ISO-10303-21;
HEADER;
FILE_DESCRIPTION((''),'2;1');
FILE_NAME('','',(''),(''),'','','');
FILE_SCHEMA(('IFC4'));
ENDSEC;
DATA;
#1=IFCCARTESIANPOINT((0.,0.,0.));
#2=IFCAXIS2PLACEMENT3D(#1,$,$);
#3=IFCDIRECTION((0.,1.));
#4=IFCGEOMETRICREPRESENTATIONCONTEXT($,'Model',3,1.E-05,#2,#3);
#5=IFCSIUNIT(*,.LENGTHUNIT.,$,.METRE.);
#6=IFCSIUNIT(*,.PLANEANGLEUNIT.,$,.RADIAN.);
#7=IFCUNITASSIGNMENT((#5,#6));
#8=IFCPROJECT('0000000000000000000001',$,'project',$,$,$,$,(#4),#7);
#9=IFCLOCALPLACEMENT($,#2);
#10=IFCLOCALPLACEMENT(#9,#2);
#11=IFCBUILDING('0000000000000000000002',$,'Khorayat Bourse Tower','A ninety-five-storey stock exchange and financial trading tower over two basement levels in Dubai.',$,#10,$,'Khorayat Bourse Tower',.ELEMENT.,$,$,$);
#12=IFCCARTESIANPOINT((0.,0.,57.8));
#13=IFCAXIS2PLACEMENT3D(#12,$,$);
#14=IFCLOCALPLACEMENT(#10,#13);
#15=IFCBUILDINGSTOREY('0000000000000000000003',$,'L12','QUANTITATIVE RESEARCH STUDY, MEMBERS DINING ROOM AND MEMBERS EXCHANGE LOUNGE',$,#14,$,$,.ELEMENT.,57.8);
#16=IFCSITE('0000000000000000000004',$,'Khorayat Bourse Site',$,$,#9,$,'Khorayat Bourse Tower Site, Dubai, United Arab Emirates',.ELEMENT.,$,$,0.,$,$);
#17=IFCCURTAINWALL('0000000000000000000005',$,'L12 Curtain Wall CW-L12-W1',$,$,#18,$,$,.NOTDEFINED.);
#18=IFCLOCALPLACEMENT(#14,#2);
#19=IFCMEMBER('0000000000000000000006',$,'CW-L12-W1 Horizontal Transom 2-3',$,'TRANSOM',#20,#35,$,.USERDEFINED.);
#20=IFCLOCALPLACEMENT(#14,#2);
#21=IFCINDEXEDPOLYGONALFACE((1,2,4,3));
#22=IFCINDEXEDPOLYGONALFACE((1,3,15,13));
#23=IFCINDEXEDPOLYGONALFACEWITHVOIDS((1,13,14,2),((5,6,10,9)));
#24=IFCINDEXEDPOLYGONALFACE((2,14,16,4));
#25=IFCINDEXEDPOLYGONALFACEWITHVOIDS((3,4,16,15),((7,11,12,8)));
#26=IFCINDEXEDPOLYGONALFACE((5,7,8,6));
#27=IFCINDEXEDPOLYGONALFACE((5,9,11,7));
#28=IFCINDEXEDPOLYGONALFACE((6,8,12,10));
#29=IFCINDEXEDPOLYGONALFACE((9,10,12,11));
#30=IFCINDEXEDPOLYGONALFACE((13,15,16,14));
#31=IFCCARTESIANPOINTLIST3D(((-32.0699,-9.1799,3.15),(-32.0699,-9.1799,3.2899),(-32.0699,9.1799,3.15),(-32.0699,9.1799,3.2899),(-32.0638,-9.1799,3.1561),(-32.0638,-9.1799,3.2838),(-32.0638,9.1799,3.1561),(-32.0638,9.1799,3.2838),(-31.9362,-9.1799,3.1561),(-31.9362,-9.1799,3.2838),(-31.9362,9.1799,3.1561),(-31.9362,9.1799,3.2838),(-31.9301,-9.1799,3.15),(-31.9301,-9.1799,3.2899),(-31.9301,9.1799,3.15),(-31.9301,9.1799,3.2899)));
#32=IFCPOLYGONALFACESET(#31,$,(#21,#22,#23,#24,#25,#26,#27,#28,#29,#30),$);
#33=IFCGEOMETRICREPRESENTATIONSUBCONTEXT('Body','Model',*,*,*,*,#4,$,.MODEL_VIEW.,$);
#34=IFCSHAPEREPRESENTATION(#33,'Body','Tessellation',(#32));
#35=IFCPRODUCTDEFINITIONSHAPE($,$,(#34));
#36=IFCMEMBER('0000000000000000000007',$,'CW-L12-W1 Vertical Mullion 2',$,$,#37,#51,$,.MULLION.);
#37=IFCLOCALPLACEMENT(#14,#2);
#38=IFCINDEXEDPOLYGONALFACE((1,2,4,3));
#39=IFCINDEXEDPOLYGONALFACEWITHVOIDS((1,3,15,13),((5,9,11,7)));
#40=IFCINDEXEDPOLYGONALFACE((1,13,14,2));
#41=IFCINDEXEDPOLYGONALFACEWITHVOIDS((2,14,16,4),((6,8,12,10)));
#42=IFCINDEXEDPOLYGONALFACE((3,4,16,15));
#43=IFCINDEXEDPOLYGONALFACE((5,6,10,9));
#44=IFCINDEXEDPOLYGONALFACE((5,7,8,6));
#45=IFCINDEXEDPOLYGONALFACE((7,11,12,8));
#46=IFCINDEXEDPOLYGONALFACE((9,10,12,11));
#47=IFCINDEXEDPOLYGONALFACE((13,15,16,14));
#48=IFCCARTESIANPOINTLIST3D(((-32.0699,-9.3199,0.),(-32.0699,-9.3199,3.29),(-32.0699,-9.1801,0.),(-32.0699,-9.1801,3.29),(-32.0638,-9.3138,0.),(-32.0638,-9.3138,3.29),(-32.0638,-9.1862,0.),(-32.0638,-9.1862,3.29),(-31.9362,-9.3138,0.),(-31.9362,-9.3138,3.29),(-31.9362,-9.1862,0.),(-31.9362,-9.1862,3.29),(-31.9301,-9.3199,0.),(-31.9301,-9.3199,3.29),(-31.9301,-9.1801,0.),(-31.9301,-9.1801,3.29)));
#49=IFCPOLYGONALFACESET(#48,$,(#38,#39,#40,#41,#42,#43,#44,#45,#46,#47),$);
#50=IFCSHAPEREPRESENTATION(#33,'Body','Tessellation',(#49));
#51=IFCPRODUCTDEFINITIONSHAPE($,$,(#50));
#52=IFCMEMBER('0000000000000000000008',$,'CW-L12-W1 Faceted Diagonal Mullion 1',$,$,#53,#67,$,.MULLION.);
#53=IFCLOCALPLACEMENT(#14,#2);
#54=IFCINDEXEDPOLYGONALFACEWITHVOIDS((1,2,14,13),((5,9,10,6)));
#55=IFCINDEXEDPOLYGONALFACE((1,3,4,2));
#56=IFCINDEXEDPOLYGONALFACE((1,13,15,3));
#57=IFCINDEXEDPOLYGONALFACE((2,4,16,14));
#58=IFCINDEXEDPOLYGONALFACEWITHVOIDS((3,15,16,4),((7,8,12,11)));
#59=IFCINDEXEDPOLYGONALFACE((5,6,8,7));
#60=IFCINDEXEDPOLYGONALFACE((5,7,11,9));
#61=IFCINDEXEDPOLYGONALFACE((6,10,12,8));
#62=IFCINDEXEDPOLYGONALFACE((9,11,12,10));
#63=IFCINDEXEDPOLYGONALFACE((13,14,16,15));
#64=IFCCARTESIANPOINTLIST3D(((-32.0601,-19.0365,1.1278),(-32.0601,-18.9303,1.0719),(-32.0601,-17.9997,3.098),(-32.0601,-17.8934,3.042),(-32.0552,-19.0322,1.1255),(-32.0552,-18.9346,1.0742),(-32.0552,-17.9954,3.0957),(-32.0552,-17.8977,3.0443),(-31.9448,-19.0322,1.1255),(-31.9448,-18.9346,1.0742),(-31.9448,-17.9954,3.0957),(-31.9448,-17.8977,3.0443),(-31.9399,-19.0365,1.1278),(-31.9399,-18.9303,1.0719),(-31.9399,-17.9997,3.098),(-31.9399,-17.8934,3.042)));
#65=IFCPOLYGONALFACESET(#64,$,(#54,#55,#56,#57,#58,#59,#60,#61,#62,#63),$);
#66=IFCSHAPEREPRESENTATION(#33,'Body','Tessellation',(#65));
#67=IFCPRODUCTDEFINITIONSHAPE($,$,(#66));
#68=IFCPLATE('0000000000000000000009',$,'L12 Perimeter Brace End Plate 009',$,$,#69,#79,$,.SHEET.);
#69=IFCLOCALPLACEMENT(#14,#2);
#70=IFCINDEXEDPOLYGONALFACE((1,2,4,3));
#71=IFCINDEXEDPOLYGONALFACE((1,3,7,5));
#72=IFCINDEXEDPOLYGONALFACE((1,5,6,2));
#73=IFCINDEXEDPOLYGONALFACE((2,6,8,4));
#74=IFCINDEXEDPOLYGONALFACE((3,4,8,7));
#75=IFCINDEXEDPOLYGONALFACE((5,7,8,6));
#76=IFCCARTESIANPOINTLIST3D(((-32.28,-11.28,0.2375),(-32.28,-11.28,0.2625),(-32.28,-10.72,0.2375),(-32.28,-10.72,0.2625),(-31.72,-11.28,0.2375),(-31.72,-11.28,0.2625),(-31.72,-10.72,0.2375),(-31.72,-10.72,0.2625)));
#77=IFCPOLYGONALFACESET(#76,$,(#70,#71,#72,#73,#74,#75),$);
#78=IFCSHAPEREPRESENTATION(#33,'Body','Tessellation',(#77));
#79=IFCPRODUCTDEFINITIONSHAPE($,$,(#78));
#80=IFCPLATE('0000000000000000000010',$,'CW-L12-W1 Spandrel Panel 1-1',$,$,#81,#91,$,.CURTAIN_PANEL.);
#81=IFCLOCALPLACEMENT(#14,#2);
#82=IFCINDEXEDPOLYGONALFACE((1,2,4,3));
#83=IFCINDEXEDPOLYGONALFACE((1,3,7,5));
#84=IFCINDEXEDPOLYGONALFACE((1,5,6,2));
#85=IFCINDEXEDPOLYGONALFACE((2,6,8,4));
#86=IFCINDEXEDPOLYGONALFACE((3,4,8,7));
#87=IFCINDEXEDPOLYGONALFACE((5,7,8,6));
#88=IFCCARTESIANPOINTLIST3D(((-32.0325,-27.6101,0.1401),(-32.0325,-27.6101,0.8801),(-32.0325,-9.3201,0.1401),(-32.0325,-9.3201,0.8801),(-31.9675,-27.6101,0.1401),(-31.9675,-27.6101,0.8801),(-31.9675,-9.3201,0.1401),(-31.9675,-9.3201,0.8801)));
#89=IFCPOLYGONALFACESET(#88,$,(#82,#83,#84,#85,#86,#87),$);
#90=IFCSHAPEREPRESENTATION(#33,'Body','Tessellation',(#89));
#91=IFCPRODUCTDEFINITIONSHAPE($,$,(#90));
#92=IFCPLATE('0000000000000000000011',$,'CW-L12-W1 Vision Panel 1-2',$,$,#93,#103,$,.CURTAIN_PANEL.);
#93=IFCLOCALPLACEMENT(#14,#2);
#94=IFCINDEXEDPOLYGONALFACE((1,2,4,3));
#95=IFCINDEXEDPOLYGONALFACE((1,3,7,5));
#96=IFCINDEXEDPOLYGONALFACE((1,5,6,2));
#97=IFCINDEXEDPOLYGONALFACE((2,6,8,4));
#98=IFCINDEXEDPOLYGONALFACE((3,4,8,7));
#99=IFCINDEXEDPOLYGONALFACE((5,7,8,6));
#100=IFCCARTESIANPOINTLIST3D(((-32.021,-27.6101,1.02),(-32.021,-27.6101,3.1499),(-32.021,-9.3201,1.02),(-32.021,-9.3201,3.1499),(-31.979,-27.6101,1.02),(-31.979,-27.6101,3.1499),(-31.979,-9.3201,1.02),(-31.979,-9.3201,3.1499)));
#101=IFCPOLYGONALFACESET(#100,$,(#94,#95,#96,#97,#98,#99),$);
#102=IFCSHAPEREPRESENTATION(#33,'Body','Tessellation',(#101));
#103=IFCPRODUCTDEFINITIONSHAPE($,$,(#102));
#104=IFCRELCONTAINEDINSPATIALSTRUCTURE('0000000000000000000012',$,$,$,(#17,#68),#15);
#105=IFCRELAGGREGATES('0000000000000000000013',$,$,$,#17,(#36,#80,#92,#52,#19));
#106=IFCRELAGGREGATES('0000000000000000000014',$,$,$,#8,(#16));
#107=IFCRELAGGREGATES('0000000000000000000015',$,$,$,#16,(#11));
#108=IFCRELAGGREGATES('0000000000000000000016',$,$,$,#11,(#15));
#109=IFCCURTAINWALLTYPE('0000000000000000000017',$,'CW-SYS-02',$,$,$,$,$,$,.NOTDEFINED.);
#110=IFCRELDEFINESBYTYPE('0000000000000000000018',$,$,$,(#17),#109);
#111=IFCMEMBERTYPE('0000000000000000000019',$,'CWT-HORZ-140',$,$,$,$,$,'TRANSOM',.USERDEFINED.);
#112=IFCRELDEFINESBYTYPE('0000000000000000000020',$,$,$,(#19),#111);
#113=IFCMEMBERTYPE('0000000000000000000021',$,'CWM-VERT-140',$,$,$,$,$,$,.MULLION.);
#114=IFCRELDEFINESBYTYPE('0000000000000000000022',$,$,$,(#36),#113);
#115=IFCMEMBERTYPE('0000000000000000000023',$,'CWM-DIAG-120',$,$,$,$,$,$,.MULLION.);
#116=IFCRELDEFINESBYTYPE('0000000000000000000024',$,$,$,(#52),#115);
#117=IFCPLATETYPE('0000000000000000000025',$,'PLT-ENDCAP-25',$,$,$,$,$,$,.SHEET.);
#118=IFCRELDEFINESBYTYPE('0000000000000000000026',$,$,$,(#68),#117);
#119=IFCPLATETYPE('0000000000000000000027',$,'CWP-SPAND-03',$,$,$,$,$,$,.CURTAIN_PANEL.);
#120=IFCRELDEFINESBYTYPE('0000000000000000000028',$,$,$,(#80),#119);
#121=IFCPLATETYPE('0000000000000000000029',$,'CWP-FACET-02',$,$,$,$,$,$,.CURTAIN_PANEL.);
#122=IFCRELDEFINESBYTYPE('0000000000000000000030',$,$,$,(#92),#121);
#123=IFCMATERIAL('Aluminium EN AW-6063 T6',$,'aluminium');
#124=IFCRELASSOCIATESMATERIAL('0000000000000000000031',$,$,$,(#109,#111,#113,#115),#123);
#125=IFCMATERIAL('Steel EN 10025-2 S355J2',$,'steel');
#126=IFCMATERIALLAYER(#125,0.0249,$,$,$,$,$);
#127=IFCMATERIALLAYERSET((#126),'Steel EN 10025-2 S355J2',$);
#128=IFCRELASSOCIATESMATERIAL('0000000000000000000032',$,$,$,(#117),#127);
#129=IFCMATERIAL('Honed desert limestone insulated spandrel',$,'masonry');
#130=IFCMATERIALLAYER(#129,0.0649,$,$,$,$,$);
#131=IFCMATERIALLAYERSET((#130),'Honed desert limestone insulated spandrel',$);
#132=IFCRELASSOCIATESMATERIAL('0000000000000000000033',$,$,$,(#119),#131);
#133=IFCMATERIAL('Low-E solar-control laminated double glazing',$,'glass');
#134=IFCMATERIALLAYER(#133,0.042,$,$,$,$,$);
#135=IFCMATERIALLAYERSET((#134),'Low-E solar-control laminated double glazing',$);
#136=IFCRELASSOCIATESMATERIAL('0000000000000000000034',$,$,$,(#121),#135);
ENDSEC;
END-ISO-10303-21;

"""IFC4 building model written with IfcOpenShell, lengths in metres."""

from ifc_helpers import new_model, si_unit, direction, frame, origin, origin_2d, place, context, subcontext, project, spatial, rectangle, hollow_rectangle, extrude, source, transform, mapped, material, layer, layer_set, material_profile, profile_set, type_object, element, aggregate, save


model = new_model("IFC4")

# Units and contexts
model_context = context("Model", 3, precision=1e-05, world=origin(), true_north=direction((0.0, 1.0)))
body_context = subcontext(model_context, "Body", "Model", "MODEL_VIEW")
ifc_project = project(units=[si_unit("LENGTHUNIT", "METRE"), si_unit("PLANEANGLEUNIT", "RADIAN")], contexts=[model_context])

# Site, building, storey
site_placement = place(None, origin())
site = spatial("IfcSite", under=ifc_project, at=site_placement, Name="Khorayat Bourse Site", LongName="Khorayat Bourse Tower Site, Dubai, United Arab Emirates", CompositionType="ELEMENT", RefElevation=0.0)
building_placement = place(site_placement, origin())
building = spatial("IfcBuilding", under=site, at=building_placement, Name="Khorayat Bourse Tower", Description="A ninety-five-storey stock exchange and financial trading tower over two basement levels in Dubai.", LongName="Khorayat Bourse Tower", CompositionType="ELEMENT")
storey_placement = place(building_placement, frame((0.0, 0.0, 57.8)))
storey = spatial("IfcBuildingStorey", under=building, at=storey_placement, Name="L12", Description="QUANTITATIVE RESEARCH STUDY, MEMBERS DINING ROOM AND MEMBERS EXCHANGE LOUNGE", CompositionType="ELEMENT", Elevation=57.8)

# Curtain wall, members
ifc_material_1 = material(Name="Aluminium EN AW-6063 T6", Category="aluminium")
curtain_wall_type = type_object("IfcCurtainWallType", Name="CW-SYS-02", PredefinedType="NOTDEFINED", material=ifc_material_1)
curtain_wall_placement = place(storey_placement, origin())
curtain_wall = element("IfcCurtainWall", 1, at=curtain_wall_placement, inside=storey, type_object=curtain_wall_type, Name="L12 Curtain Wall CW-L12-W1", PredefinedType="NOTDEFINED")
ifc_material_profile_1 = material_profile(ifc_material_1, hollow_rectangle(XDim=0.1399, YDim=0.1399, WallThickness=0.0061, at=origin_2d()), Name="ALU 140x140x6")
ifc_profile_set_1 = profile_set([ifc_material_profile_1], Name="Aluminium EN AW-6063 T6")
member_type_1 = type_object("IfcMemberType", Name="CWT-HORZ-140", ElementType="TRANSOM", PredefinedType="USERDEFINED", material=ifc_profile_set_1)
shared_shape_1 = source(origin(), body_context, "Body", "SweptSolid", [
    extrude(hollow_rectangle(XDim=0.1399, YDim=0.1399, WallThickness=0.0061, at=origin_2d()), origin(), (0.0, 0.0, 1.0), 18.3599),
])
member_1_placement = place(storey_placement, frame((-32.0, -9.1799, 3.22), z_axis=(0.0, 1.0, 0.0), x_axis=(-1.0, 0.0, 0.0)))
member_1 = element("IfcMember", 2, at=member_1_placement, type_object=member_type_1, Name="CW-L12-W1 Horizontal Transom 2-3", ObjectType="TRANSOM", PredefinedType="USERDEFINED", context=body_context, shape_type="MappedRepresentation", body=[
    mapped(shared_shape_1, transform((0.0, 0.0, 0.0), scale=1.0)),
])
ifc_material_profile_2 = material_profile(ifc_material_1, hollow_rectangle(XDim=0.1399, YDim=0.1399, WallThickness=0.0061, at=origin_2d()), Name="ALU 140x140x6")
ifc_profile_set_2 = profile_set([ifc_material_profile_2], Name="Aluminium EN AW-6063 T6")
member_type_2 = type_object("IfcMemberType", Name="CWM-VERT-140", PredefinedType="MULLION", material=ifc_profile_set_2)
shared_shape_2 = source(origin(), body_context, "Body", "SweptSolid", [
    extrude(hollow_rectangle(XDim=0.1399, YDim=0.1399, WallThickness=0.0061, at=origin_2d()), origin(), (0.0, 0.0, 1.0), 3.29),
])
member_2_placement = place(storey_placement, frame((-32.0, -9.25, 0.0), z_axis=(0.0, 0.0, 1.0), x_axis=(-1.0, 0.0, 0.0)))
member_2 = element("IfcMember", 3, at=member_2_placement, type_object=member_type_2, Name="CW-L12-W1 Vertical Mullion 2", PredefinedType="MULLION", context=body_context, shape_type="MappedRepresentation", body=[
    mapped(shared_shape_2, transform((0.0, 0.0, 0.0), scale=1.0)),
])
ifc_material_profile_3 = material_profile(ifc_material_1, hollow_rectangle(XDim=0.1201, YDim=0.1201, WallThickness=0.0049, at=origin_2d()), Name="ALU 120x120x5")
ifc_profile_set_3 = profile_set([ifc_material_profile_3], Name="Aluminium EN AW-6063 T6")
member_type_3 = type_object("IfcMemberType", Name="CWM-DIAG-120", PredefinedType="MULLION", material=ifc_profile_set_3)
shared_shape_3 = source(origin(), body_context, "Body", "SweptSolid", [
    extrude(hollow_rectangle(XDim=0.1201, YDim=0.1201, WallThickness=0.0049, at=origin_2d()), origin(), (0.0, 0.0, 1.0), 2.2263),
])
member_3_placement = place(storey_placement, frame((-32.0, -18.9834, 1.0999), z_axis=(0.0, 0.465715, 0.884935), x_axis=(-1.0, 0.0, 0.0)))
member_3 = element("IfcMember", 4, at=member_3_placement, type_object=member_type_3, Name="CW-L12-W1 Faceted Diagonal Mullion 1", PredefinedType="MULLION", context=body_context, shape_type="MappedRepresentation", body=[
    mapped(shared_shape_3, transform((0.0, 0.0, 0.0), scale=1.0)),
])

# Plates
ifc_material_2 = material(Name="Steel EN 10025-2 S355J2", Category="steel")
ifc_layer_1 = layer(ifc_material_2, 0.0249)
ifc_layer_set_1 = layer_set([ifc_layer_1], Name="Steel EN 10025-2 S355J2")
plate_type_1 = type_object("IfcPlateType", Name="PLT-ENDCAP-25", PredefinedType="SHEET", material=ifc_layer_set_1)
shared_shape_4 = source(origin(), body_context, "Body", "SweptSolid", [
    extrude(rectangle(XDim=0.5601, YDim=0.5601, at=origin_2d()), origin(), (0.0, 0.0, 1.0), 0.0249),
])
plate_1_placement = place(storey_placement, frame((-32.0, -11.0, 0.2375), z_axis=(0.0, 0.0, 1.0), x_axis=(1.0, 0.0, 0.0)))
element("IfcPlate", 5, at=plate_1_placement, inside=storey, type_object=plate_type_1, Name="L12 Perimeter Brace End Plate 009", PredefinedType="SHEET", context=body_context, shape_type="MappedRepresentation", body=[
    mapped(shared_shape_4, transform((0.0, 0.0, 0.0), scale=1.0)),
])
ifc_material_3 = material(Name="Honed desert limestone insulated spandrel", Category="masonry")
ifc_layer_2 = layer(ifc_material_3, 0.0649)
ifc_layer_set_2 = layer_set([ifc_layer_2], Name="Honed desert limestone insulated spandrel")
plate_type_2 = type_object("IfcPlateType", Name="CWP-SPAND-03", PredefinedType="CURTAIN_PANEL", material=ifc_layer_set_2)
shared_shape_5 = source(origin(), body_context, "Body", "SweptSolid", [
    extrude(rectangle(XDim=18.29, YDim=0.0649, at=origin_2d()), origin(), (0.0, 0.0, 1.0), 0.74),
])
plate_2_placement = place(storey_placement, frame((-32.0, -18.4651, 0.1401), z_axis=(0.0, 0.0, 1.0), x_axis=(0.0, 1.0, 0.0)))
plate_2 = element("IfcPlate", 6, at=plate_2_placement, type_object=plate_type_2, Name="CW-L12-W1 Spandrel Panel 1-1", PredefinedType="CURTAIN_PANEL", context=body_context, shape_type="MappedRepresentation", body=[
    mapped(shared_shape_5, transform((0.0, 0.0, 0.0), scale=1.0)),
])
ifc_material_4 = material(Name="Low-E solar-control laminated double glazing", Category="glass")
ifc_layer_3 = layer(ifc_material_4, 0.042)
ifc_layer_set_3 = layer_set([ifc_layer_3], Name="Low-E solar-control laminated double glazing")
plate_type_3 = type_object("IfcPlateType", Name="CWP-FACET-02", PredefinedType="CURTAIN_PANEL", material=ifc_layer_set_3)
shared_shape_6 = source(origin(), body_context, "Body", "SweptSolid", [
    extrude(rectangle(XDim=18.29, YDim=0.042, at=origin_2d()), origin(), (0.0, 0.0, 1.0), 2.1299),
])
plate_3_placement = place(storey_placement, frame((-32.0, -18.4651, 1.02), z_axis=(0.0, 0.0, 1.0), x_axis=(0.0, 1.0, 0.0)))
plate_3 = element("IfcPlate", 7, at=plate_3_placement, type_object=plate_type_3, Name="CW-L12-W1 Vision Panel 1-2", PredefinedType="CURTAIN_PANEL", context=body_context, shape_type="MappedRepresentation", body=[
    mapped(shared_shape_6, transform((0.0, 0.0, 0.0), scale=1.0)),
])
aggregate(curtain_wall, [member_2, plate_2, plate_3, member_3, member_1])

save(model, "model.ifc")
